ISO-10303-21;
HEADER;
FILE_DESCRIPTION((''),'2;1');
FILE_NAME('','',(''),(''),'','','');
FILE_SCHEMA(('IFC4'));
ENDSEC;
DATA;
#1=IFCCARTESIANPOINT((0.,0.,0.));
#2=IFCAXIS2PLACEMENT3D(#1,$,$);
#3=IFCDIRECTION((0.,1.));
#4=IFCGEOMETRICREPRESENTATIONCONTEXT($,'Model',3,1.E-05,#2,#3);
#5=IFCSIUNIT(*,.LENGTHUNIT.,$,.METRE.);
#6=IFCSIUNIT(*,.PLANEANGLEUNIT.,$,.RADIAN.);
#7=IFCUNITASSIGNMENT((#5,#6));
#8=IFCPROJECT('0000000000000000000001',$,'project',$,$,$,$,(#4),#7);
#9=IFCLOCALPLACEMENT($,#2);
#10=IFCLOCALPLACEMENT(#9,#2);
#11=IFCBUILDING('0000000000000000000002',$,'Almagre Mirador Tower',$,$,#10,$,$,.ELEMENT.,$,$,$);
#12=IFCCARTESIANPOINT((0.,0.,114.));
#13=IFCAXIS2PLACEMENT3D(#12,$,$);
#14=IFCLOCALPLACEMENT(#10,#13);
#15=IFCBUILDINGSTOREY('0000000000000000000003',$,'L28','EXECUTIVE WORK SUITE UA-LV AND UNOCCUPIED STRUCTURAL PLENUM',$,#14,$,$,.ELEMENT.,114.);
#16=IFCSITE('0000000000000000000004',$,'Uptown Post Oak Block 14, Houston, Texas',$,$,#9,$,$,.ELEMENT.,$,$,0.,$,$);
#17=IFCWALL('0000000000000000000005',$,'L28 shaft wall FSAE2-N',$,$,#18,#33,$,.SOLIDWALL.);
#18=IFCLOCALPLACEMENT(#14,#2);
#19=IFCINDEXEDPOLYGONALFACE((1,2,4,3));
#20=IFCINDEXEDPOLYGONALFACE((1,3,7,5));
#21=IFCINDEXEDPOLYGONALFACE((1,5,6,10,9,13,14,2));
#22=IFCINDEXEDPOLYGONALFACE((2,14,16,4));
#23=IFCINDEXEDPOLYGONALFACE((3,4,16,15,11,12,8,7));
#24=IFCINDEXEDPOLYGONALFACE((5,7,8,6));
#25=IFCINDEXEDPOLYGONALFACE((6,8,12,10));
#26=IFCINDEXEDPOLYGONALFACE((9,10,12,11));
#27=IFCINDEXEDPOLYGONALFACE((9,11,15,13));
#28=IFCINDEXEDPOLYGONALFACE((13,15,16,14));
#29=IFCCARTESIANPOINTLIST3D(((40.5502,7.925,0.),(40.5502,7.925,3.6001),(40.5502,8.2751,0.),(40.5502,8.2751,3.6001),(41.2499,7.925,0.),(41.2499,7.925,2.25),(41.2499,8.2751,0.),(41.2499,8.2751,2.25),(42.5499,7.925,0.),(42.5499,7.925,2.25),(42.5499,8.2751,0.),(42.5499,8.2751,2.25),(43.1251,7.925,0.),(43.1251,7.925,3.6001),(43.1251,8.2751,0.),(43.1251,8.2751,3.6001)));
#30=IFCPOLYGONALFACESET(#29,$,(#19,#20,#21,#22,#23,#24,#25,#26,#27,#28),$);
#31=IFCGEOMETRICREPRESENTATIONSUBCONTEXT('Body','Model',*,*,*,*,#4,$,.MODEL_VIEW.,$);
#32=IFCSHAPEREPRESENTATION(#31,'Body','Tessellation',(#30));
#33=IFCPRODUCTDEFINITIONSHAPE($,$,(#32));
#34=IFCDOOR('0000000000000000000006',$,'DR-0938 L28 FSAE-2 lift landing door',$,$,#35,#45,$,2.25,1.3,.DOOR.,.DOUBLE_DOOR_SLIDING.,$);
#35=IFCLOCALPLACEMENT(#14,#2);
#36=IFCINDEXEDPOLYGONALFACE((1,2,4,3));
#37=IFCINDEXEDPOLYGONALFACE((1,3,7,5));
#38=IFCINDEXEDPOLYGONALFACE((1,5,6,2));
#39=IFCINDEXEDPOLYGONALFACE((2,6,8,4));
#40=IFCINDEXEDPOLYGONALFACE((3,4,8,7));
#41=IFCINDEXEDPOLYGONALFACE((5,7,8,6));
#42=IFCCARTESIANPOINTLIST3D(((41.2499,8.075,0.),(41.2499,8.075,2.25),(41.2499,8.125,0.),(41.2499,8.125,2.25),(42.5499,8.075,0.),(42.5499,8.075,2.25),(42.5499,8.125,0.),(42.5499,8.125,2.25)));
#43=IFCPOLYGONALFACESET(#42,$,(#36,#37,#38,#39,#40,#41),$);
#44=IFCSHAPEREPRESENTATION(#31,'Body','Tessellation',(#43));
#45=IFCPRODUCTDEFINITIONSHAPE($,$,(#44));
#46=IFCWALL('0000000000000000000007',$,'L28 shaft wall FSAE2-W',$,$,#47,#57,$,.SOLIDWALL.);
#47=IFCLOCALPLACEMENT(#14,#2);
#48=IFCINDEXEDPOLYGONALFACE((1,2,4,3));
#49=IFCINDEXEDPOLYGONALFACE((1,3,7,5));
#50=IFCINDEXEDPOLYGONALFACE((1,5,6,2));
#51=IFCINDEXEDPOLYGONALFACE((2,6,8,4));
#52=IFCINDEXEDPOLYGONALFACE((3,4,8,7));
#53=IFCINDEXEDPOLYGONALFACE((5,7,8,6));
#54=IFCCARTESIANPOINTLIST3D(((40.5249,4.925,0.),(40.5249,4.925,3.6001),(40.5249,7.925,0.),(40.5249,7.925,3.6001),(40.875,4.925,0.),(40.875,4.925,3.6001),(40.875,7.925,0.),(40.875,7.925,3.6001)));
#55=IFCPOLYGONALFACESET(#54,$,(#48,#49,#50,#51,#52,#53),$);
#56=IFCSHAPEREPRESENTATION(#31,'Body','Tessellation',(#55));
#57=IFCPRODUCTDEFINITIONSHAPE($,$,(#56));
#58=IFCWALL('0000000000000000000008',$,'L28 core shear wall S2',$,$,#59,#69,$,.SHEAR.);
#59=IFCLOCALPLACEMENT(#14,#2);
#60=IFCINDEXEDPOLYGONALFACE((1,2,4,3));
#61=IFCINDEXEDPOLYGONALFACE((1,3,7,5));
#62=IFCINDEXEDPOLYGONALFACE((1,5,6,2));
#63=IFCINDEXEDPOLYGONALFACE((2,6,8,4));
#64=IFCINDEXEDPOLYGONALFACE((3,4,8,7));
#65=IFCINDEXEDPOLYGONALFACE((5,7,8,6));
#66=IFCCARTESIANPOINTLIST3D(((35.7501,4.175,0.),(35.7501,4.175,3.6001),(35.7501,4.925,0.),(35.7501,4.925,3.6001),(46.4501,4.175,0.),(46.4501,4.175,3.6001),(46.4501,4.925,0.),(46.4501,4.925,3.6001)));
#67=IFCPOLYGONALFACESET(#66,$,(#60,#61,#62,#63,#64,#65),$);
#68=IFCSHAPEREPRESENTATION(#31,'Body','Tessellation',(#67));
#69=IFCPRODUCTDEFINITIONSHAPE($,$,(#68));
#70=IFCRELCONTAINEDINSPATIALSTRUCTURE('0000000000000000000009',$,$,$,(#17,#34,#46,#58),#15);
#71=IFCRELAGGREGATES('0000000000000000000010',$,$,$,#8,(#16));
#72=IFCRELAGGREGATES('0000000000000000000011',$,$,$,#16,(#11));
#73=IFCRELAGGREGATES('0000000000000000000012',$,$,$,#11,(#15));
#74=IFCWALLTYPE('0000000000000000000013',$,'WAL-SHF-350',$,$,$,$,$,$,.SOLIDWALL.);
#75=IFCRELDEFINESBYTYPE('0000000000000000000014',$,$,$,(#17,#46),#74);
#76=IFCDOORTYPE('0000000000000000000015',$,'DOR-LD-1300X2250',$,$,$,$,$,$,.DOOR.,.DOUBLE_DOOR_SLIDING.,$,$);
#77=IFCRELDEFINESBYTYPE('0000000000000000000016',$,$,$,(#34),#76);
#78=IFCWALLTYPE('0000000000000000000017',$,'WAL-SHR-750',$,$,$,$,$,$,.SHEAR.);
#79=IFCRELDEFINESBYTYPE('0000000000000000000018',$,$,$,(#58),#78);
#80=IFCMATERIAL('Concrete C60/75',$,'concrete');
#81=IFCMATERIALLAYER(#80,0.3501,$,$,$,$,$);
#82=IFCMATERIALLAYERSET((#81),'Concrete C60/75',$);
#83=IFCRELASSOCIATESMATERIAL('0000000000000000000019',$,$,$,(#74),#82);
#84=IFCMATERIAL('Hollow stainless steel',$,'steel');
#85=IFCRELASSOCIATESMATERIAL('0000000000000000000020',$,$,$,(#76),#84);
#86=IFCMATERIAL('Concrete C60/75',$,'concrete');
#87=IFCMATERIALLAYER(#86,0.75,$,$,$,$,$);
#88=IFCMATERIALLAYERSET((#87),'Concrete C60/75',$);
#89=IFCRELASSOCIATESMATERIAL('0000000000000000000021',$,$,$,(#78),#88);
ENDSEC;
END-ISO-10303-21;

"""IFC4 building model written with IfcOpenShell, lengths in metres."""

from ifc_helpers import new_model, si_unit, direction, frame, frame_2d, origin, place, context, subcontext, project, spatial, rectangle, extrude, material, layer, layer_set, type_object, element, fill, save


model = new_model("IFC4")

# Units and contexts
model_context = context("Model", 3, precision=1e-05, world=origin(), true_north=direction((0.0, 1.0)))
body_context = subcontext(model_context, "Body", "Model", "MODEL_VIEW")
ifc_project = project(units=[si_unit("LENGTHUNIT", "METRE"), si_unit("PLANEANGLEUNIT", "RADIAN")], contexts=[model_context])

# Site, building, storey
site_placement = place(None, origin())
site = spatial("IfcSite", under=ifc_project, at=site_placement, Name="Uptown Post Oak Block 14, Houston, Texas", CompositionType="ELEMENT", RefElevation=0.0)
building_placement = place(site_placement, origin())
building = spatial("IfcBuilding", under=site, at=building_placement, Name="Almagre Mirador Tower", CompositionType="ELEMENT")
storey_placement = place(building_placement, frame((0.0, 0.0, 114.0)))
storey = spatial("IfcBuildingStorey", under=building, at=storey_placement, Name="L28", Description="EXECUTIVE WORK SUITE UA-LV AND UNOCCUPIED STRUCTURAL PLENUM", CompositionType="ELEMENT", Elevation=114.0)

# Shared definitions
ifc_material_1 = material(Name="Concrete C60/75", Category="concrete")
ifc_layer_1 = layer(ifc_material_1, 0.3501)
ifc_layer_set_1 = layer_set([ifc_layer_1], Name="Concrete C60/75")
wall_type_1 = type_object("IfcWallType", Name="WAL-SHF-350", PredefinedType="SOLIDWALL", material=ifc_layer_set_1)

# Wall, opening, door
wall_1_placement = place(storey_placement, frame((40.55, 8.1001, 0.0), z_axis=(0.0, 0.0, 1.0), x_axis=(1.0, 0.0, 0.0)))
wall_1 = element("IfcWall", 1, at=wall_1_placement, inside=storey, type_object=wall_type_1, Name="L28 shaft wall FSAE2-N", PredefinedType="SOLIDWALL", context=body_context, shape_type="SweptSolid", body=[
    extrude(rectangle(XDim=2.575, YDim=0.3501, at=frame_2d((1.2876, 0.0))), origin(), (0.0, 0.0, 1.0), 3.6001),
])
opening_1_placement = place(wall_1_placement, frame((0.7, 0.0, 0.0)))
opening_1 = element("IfcOpeningElement", 2, at=opening_1_placement, cuts=wall_1, PredefinedType="OPENING", context=body_context, shape_type="SweptSolid", body=[
    extrude(rectangle(XDim=1.3, YDim=2.25, at=frame_2d((0.6499, 1.125))), frame((0.0, 0.185, 0.0), z_axis=(0.0, -1.0, 0.0), x_axis=(1.0, 0.0, 0.0)), (0.0, 0.0, 1.0), 0.3701),
])
ifc_material_2 = material(Name="Hollow stainless steel", Category="steel")
door_type_1 = type_object("IfcDoorType", Name="DOR-LD-1300X2250", OperationType="DOUBLE_DOOR_SLIDING", PredefinedType="DOOR", material=ifc_material_2)
door_1_placement = place(opening_1_placement, origin())
door_1 = element("IfcDoor", 3, at=door_1_placement, inside=storey, type_object=door_type_1, Name="DR-0938 L28 FSAE-2 lift landing door", OperationType="DOUBLE_DOOR_SLIDING", OverallHeight=2.25, OverallWidth=1.3, PredefinedType="DOOR", context=body_context, shape_type="SweptSolid", body=[
    extrude(rectangle(XDim=1.3, YDim=2.25, at=frame_2d((0.6499, 1.125))), frame((0.0, 0.0249, 0.0), z_axis=(0.0, -1.0, 0.0), x_axis=(1.0, 0.0, 0.0)), (0.0, 0.0, 1.0), 0.05),
])
fill(opening_1, door_1)

# Walls
wall_2_placement = place(storey_placement, frame((40.7, 4.925, 0.0), z_axis=(0.0, 0.0, 1.0), x_axis=(0.0, 1.0, 0.0)))
element("IfcWall", 4, at=wall_2_placement, inside=storey, type_object=wall_type_1, Name="L28 shaft wall FSAE2-W", PredefinedType="SOLIDWALL", context=body_context, shape_type="SweptSolid", body=[
    extrude(rectangle(XDim=3.0, YDim=0.3501, at=frame_2d((1.5, 0.0))), origin(), (0.0, 0.0, 1.0), 3.6001),
])
ifc_material_3 = material(Name="Concrete C60/75", Category="concrete")
ifc_layer_2 = layer(ifc_material_3, 0.75)
ifc_layer_set_2 = layer_set([ifc_layer_2], Name="Concrete C60/75")
wall_type_2 = type_object("IfcWallType", Name="WAL-SHR-750", PredefinedType="SHEAR", material=ifc_layer_set_2)
wall_3_placement = place(storey_placement, frame((35.75, 4.55, 0.0), z_axis=(0.0, 0.0, 1.0), x_axis=(1.0, 0.0, 0.0)))
element("IfcWall", 5, at=wall_3_placement, inside=storey, type_object=wall_type_2, Name="L28 core shear wall S2", PredefinedType="SHEAR", context=body_context, shape_type="SweptSolid", body=[
    extrude(rectangle(XDim=10.7, YDim=0.75, at=frame_2d((5.3501, 0.0))), origin(), (0.0, 0.0, 1.0), 3.6001),
])

save(model, "model.ifc")
